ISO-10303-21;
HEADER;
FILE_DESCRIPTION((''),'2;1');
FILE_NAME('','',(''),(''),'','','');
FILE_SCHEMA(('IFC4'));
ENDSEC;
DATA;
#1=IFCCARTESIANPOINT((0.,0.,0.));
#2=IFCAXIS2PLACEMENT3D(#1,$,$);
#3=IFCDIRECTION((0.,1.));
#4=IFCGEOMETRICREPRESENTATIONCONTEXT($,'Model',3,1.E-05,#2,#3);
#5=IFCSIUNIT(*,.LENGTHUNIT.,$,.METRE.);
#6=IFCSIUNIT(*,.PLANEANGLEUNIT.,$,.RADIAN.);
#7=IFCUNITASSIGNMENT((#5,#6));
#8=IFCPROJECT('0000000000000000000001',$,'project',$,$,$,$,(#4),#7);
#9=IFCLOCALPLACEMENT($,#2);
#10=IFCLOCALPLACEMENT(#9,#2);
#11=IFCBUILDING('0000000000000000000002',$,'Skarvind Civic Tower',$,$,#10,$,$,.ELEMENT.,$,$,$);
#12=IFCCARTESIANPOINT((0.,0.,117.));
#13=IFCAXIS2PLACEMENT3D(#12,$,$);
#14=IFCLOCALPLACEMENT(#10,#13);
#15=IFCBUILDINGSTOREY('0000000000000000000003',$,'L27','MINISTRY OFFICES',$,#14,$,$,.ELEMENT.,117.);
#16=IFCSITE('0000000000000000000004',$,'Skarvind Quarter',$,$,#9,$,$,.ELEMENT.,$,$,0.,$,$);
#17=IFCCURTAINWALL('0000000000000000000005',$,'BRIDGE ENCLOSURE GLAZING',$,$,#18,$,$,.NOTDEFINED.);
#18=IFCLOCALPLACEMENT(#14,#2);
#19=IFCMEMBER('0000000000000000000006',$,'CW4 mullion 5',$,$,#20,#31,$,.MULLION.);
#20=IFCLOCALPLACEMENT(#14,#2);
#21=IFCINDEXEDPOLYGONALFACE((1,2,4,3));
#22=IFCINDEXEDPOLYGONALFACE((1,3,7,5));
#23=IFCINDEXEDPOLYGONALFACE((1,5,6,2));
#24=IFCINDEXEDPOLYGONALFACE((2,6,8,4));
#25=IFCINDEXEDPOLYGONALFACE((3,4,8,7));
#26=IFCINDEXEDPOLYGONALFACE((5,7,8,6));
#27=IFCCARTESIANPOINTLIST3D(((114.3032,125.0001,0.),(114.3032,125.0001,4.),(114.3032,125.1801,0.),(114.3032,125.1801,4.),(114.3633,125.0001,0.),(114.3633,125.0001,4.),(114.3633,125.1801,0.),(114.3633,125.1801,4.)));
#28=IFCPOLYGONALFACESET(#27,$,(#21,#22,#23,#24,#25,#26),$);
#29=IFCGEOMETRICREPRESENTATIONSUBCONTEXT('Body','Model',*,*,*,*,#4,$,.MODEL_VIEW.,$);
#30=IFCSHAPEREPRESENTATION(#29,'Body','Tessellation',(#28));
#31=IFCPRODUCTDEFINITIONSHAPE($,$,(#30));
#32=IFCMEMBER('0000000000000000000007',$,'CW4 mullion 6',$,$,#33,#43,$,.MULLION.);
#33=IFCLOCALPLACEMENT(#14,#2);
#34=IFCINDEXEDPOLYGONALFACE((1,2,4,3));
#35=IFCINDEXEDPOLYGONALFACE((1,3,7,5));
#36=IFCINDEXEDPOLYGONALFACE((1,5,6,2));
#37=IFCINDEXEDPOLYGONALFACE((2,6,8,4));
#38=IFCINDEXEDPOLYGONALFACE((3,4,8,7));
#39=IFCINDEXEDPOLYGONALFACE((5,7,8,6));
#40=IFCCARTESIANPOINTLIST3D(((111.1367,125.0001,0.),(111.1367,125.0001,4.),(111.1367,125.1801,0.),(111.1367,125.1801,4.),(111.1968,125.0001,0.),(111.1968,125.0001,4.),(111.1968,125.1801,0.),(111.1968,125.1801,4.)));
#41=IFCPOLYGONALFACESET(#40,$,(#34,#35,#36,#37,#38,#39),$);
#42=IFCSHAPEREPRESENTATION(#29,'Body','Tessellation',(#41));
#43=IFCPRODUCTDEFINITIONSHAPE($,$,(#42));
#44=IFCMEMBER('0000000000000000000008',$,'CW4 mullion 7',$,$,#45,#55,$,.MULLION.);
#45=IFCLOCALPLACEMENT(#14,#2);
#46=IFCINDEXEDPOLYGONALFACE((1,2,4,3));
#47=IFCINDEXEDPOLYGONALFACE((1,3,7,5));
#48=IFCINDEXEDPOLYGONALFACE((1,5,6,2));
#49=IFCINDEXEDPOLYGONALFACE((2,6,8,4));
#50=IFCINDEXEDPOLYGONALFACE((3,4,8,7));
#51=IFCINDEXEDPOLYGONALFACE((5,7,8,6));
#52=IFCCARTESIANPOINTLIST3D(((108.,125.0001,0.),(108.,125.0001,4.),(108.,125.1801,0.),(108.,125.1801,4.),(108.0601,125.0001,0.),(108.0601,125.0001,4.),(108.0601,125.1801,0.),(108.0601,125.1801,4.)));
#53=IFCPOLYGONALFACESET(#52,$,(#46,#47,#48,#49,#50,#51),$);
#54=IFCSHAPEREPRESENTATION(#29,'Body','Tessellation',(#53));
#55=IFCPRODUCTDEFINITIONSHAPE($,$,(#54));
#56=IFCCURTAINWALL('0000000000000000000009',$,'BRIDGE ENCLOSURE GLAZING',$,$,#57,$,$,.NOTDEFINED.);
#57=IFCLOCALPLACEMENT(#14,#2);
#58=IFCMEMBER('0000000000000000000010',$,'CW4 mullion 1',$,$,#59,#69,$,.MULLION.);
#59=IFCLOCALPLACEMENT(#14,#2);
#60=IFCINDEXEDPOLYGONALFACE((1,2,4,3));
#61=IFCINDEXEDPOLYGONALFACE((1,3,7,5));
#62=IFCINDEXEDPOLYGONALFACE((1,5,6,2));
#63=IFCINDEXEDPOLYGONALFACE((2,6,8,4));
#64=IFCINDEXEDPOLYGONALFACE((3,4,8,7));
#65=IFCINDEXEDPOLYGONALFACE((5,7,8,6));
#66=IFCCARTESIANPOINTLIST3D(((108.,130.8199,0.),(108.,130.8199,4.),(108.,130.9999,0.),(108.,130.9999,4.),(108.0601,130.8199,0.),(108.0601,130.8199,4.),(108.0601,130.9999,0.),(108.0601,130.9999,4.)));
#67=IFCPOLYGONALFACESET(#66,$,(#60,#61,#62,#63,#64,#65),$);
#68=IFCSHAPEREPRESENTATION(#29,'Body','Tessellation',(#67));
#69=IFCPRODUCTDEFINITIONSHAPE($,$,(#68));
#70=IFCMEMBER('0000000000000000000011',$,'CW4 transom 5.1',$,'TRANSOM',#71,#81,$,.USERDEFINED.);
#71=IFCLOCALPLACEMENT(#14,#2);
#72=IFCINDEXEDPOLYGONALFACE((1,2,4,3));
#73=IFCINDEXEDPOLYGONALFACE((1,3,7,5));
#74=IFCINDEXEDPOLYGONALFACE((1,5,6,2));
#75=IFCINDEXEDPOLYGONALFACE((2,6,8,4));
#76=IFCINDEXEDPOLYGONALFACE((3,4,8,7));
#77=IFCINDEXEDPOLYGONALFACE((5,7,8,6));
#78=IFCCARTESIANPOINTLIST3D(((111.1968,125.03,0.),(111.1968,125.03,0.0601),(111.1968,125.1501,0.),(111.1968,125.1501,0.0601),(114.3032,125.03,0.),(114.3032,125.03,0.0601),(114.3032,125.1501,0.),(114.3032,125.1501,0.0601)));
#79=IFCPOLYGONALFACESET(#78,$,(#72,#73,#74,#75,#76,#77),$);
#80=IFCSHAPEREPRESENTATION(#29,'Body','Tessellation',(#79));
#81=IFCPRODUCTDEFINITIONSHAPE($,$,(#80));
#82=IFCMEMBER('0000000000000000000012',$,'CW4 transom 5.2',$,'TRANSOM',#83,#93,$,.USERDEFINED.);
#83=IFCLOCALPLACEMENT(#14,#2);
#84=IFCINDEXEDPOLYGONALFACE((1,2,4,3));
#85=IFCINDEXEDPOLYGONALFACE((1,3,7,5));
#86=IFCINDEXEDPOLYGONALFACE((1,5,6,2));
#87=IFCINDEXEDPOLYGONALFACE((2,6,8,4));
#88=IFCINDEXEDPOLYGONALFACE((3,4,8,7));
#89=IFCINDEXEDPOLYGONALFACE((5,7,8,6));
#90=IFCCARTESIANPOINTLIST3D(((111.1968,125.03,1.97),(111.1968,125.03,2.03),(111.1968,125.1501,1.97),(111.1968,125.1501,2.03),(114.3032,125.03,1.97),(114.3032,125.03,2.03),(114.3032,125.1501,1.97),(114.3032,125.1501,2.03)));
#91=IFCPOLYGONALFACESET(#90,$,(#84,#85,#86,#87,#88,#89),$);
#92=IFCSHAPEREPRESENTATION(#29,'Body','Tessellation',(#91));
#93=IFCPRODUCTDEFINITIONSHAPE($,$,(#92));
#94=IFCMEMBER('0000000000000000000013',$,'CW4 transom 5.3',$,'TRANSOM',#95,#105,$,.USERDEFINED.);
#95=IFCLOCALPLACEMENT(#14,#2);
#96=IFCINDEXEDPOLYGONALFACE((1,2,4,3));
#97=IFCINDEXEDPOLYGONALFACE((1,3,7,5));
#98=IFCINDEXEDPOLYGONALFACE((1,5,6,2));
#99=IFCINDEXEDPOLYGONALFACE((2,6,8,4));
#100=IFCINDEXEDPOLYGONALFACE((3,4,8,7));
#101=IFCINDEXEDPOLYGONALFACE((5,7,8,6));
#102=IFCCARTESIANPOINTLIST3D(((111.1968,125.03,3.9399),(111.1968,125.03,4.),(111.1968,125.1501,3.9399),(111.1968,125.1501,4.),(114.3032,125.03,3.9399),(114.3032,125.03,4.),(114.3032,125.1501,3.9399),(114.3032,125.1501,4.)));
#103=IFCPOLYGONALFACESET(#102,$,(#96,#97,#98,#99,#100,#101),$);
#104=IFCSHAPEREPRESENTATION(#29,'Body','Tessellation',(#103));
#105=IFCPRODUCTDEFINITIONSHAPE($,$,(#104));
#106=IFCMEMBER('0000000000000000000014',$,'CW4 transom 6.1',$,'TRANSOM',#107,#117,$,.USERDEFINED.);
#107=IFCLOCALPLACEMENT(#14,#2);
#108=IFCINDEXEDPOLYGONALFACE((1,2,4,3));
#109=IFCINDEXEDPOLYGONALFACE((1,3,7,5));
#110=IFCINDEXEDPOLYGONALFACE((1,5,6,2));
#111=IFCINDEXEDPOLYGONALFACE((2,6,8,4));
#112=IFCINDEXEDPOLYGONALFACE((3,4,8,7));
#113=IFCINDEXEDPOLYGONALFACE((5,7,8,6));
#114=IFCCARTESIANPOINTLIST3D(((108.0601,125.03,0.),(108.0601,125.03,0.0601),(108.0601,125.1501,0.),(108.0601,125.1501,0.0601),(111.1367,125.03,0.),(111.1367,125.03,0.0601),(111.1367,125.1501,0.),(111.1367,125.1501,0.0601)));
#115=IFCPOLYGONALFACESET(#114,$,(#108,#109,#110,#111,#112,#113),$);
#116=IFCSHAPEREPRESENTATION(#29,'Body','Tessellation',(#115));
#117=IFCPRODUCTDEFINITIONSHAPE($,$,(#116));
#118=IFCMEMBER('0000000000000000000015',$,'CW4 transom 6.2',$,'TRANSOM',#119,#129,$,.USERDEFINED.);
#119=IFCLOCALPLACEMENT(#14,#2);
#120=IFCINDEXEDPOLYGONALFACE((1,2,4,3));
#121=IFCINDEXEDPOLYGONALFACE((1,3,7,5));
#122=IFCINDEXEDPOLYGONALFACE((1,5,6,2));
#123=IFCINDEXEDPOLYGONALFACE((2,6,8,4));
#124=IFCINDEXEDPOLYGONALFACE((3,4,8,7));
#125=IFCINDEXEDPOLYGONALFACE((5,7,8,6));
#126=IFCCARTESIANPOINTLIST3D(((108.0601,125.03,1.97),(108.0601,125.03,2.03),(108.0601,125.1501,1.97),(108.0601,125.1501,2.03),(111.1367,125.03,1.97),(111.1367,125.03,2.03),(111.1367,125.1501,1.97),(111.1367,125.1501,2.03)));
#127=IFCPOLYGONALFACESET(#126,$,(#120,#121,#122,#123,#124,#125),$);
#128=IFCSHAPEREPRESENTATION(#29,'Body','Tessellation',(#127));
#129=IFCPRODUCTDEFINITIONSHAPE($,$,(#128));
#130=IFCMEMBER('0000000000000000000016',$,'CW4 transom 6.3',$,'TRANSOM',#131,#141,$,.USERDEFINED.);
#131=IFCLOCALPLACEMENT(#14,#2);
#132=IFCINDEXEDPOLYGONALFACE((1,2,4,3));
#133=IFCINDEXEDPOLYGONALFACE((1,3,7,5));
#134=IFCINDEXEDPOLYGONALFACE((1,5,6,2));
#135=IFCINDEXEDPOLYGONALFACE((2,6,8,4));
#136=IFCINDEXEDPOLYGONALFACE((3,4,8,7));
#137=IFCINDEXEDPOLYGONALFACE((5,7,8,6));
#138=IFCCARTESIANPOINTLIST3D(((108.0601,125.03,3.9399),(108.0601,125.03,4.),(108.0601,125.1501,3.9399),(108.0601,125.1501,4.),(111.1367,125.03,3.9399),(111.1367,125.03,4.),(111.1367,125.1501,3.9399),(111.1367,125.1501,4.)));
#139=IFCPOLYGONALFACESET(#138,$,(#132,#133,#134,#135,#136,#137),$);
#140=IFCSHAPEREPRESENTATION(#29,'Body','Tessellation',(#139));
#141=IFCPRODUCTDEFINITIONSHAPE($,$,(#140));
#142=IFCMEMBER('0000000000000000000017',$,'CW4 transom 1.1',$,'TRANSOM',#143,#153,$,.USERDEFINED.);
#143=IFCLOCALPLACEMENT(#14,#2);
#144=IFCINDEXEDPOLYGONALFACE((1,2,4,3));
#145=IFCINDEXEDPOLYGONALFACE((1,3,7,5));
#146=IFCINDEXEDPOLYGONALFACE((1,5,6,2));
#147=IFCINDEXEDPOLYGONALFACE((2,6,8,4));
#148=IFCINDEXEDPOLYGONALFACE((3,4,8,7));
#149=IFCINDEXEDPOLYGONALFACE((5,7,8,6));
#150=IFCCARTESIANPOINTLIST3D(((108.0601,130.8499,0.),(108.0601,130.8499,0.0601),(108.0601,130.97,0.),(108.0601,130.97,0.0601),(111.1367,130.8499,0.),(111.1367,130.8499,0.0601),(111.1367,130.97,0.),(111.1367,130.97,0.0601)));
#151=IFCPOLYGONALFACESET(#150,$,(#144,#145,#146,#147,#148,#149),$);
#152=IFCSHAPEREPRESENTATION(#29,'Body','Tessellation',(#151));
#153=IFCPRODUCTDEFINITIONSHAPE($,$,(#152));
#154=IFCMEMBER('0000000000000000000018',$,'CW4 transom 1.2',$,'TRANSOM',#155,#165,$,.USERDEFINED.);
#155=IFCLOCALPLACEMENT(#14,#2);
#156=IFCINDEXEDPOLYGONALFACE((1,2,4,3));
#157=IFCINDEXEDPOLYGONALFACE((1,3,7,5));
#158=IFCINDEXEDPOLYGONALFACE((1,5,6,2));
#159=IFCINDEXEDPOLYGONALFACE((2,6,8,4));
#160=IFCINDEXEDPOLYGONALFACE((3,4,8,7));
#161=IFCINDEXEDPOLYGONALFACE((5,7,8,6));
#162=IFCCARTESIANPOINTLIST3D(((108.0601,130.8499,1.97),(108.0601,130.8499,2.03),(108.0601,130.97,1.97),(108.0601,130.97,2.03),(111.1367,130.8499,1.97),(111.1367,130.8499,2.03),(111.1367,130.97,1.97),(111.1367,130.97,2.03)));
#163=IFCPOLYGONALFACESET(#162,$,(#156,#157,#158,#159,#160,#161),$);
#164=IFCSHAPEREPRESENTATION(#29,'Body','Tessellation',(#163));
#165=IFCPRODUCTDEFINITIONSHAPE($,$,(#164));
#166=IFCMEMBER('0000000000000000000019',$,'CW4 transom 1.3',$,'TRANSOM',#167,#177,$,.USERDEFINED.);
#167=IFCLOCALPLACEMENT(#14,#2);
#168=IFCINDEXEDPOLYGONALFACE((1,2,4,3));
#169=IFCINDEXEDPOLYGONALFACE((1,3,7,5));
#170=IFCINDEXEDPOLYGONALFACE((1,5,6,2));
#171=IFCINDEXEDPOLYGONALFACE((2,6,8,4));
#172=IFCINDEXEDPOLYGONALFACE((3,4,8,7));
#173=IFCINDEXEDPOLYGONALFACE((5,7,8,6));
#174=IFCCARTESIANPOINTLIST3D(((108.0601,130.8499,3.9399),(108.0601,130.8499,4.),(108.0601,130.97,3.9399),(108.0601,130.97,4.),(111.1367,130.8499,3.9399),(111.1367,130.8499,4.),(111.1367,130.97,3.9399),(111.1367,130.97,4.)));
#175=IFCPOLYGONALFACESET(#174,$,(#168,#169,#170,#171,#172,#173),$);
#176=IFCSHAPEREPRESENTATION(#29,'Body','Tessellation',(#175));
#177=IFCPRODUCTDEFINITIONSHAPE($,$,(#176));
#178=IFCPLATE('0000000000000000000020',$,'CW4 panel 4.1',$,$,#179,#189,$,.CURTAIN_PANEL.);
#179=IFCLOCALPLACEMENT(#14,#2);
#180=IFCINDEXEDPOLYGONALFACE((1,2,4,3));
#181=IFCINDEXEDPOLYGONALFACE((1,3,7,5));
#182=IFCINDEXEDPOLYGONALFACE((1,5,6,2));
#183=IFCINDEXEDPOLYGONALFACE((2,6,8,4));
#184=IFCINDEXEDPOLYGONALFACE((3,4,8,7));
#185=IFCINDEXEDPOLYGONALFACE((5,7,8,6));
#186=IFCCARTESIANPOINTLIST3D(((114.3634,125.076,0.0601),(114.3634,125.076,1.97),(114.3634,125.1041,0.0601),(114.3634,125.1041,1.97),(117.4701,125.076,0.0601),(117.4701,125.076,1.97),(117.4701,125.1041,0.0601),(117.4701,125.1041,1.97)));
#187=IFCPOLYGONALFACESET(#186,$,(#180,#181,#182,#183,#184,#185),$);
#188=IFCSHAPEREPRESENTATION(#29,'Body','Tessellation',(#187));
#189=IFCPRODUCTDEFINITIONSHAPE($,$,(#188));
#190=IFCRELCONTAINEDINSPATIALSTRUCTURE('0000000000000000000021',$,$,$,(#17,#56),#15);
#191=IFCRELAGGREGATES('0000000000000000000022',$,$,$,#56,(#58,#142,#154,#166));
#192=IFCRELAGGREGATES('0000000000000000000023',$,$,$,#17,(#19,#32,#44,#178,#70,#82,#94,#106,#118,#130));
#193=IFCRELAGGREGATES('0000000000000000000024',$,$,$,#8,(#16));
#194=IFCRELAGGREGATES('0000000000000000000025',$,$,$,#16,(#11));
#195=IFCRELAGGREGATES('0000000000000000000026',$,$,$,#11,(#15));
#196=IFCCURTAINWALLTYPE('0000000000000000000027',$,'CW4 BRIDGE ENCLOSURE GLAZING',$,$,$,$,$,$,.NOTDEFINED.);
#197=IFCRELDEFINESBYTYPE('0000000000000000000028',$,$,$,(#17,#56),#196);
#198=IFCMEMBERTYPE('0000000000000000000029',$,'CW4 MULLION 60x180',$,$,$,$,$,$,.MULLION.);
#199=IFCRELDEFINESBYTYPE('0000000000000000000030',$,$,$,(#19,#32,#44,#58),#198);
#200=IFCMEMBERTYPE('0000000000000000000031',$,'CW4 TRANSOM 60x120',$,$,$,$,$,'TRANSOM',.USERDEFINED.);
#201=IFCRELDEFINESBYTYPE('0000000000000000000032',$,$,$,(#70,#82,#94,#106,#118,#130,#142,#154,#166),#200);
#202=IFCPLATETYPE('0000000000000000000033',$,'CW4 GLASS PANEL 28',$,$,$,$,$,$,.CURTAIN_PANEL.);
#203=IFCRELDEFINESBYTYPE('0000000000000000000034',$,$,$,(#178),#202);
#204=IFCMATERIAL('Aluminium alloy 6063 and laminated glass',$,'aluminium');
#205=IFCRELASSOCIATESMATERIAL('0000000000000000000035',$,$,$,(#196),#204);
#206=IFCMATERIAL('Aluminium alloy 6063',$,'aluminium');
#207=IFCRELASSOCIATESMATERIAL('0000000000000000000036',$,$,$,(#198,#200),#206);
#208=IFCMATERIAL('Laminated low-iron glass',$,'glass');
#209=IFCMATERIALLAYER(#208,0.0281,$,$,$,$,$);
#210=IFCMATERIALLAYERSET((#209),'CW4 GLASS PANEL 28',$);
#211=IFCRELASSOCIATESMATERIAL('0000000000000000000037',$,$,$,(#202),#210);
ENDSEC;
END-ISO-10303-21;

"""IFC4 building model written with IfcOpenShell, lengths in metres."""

from ifc_helpers import new_model, si_unit, direction, frame, origin, origin_2d, place, context, subcontext, project, spatial, rectangle, extrude, material, layer, layer_set, material_profile, profile_set, type_object, element, aggregate, save


model = new_model("IFC4")

# Units and contexts
model_context = context("Model", 3, precision=1e-05, world=origin(), true_north=direction((0.0, 1.0)))
body_context = subcontext(model_context, "Body", "Model", "MODEL_VIEW")
ifc_project = project(units=[si_unit("LENGTHUNIT", "METRE"), si_unit("PLANEANGLEUNIT", "RADIAN")], contexts=[model_context])

# Site, building, storey
site_placement = place(None, origin())
site = spatial("IfcSite", under=ifc_project, at=site_placement, Name="Skarvind Quarter", CompositionType="ELEMENT", RefElevation=0.0)
building_placement = place(site_placement, origin())
building = spatial("IfcBuilding", under=site, at=building_placement, Name="Skarvind Civic Tower", CompositionType="ELEMENT")
storey_placement = place(building_placement, frame((0.0, 0.0, 117.0)))
storey = spatial("IfcBuildingStorey", under=building, at=storey_placement, Name="L27", Description="MINISTRY OFFICES", CompositionType="ELEMENT", Elevation=117.0)

# Curtain wall, members
ifc_material_1 = material(Name="Aluminium alloy 6063 and laminated glass", Category="aluminium")
curtain_wall_type = type_object("IfcCurtainWallType", Name="CW4 BRIDGE ENCLOSURE GLAZING", PredefinedType="NOTDEFINED", material=ifc_material_1)
curtain_wall_1_placement = place(storey_placement, origin())
curtain_wall_1 = element("IfcCurtainWall", 1, at=curtain_wall_1_placement, inside=storey, type_object=curtain_wall_type, Name="BRIDGE ENCLOSURE GLAZING", PredefinedType="NOTDEFINED")
ifc_material_2 = material(Name="Aluminium alloy 6063", Category="aluminium")
ifc_material_profile_1 = material_profile(ifc_material_2, rectangle(XDim=0.1799, YDim=0.0601, at=origin_2d()), Name="AL 60x180")
ifc_profile_set_1 = profile_set([ifc_material_profile_1], Name="Aluminium alloy 6063")
member_type_1 = type_object("IfcMemberType", Name="CW4 MULLION 60x180", PredefinedType="MULLION", material=ifc_profile_set_1)
member_1_placement = place(storey_placement, frame((114.3333, 125.0901, 0.0), z_axis=(0.0, 0.0, 1.0), x_axis=(0.0, -1.0, 0.0)))
member_1 = element("IfcMember", 2, at=member_1_placement, type_object=member_type_1, Name="CW4 mullion 5", PredefinedType="MULLION", context=body_context, shape_type="SweptSolid", body=[
    extrude(rectangle(XDim=0.1799, YDim=0.0601, at=origin_2d()), origin(), (0.0, 0.0, 1.0), 4.0),
])
member_2_placement = place(storey_placement, frame((111.1667, 125.0901, 0.0), z_axis=(0.0, 0.0, 1.0), x_axis=(0.0, -1.0, 0.0)))
member_2 = element("IfcMember", 3, at=member_2_placement, type_object=member_type_1, Name="CW4 mullion 6", PredefinedType="MULLION", context=body_context, shape_type="SweptSolid", body=[
    extrude(rectangle(XDim=0.1799, YDim=0.0601, at=origin_2d()), origin(), (0.0, 0.0, 1.0), 4.0),
])
member_3_placement = place(storey_placement, frame((108.03, 125.0901, 0.0), z_axis=(0.0, 0.0, 1.0), x_axis=(0.0, -1.0, 0.0)))
member_3 = element("IfcMember", 4, at=member_3_placement, type_object=member_type_1, Name="CW4 mullion 7", PredefinedType="MULLION", context=body_context, shape_type="SweptSolid", body=[
    extrude(rectangle(XDim=0.1799, YDim=0.0601, at=origin_2d()), origin(), (0.0, 0.0, 1.0), 4.0),
])

# Curtain wall, member
curtain_wall_2_placement = place(storey_placement, origin())
curtain_wall_2 = element("IfcCurtainWall", 5, at=curtain_wall_2_placement, inside=storey, type_object=curtain_wall_type, Name="BRIDGE ENCLOSURE GLAZING", PredefinedType="NOTDEFINED")
member_4_placement = place(storey_placement, frame((108.03, 130.9099, 0.0), z_axis=(0.0, 0.0, 1.0), x_axis=(0.0, 1.0, 0.0)))
member_4 = element("IfcMember", 6, at=member_4_placement, type_object=member_type_1, Name="CW4 mullion 1", PredefinedType="MULLION", context=body_context, shape_type="SweptSolid", body=[
    extrude(rectangle(XDim=0.1799, YDim=0.0601, at=origin_2d()), origin(), (0.0, 0.0, 1.0), 4.0),
])

# Members
ifc_material_profile_2 = material_profile(ifc_material_2, rectangle(XDim=0.1201, YDim=0.0601, at=origin_2d()), Name="AL 60x120")
ifc_profile_set_2 = profile_set([ifc_material_profile_2], Name="Aluminium alloy 6063")
member_type_2 = type_object("IfcMemberType", Name="CW4 TRANSOM 60x120", ElementType="TRANSOM", PredefinedType="USERDEFINED", material=ifc_profile_set_2)
member_5_placement = place(storey_placement, frame((114.3032, 125.0901, 0.03), z_axis=(-1.0, 0.0, 0.0), x_axis=(0.0, -1.0, 0.0)))
member_5 = element("IfcMember", 7, at=member_5_placement, type_object=member_type_2, Name="CW4 transom 5.1", ObjectType="TRANSOM", PredefinedType="USERDEFINED", context=body_context, shape_type="SweptSolid", body=[
    extrude(rectangle(XDim=0.1201, YDim=0.0601, at=origin_2d()), origin(), (0.0, 0.0, 1.0), 3.1064),
])
member_6_placement = place(storey_placement, frame((114.3032, 125.0901, 2.0), z_axis=(-1.0, 0.0, 0.0), x_axis=(0.0, -1.0, 0.0)))
member_6 = element("IfcMember", 8, at=member_6_placement, type_object=member_type_2, Name="CW4 transom 5.2", ObjectType="TRANSOM", PredefinedType="USERDEFINED", context=body_context, shape_type="SweptSolid", body=[
    extrude(rectangle(XDim=0.1201, YDim=0.0601, at=origin_2d()), origin(), (0.0, 0.0, 1.0), 3.1064),
])
member_7_placement = place(storey_placement, frame((114.3032, 125.0901, 3.97), z_axis=(-1.0, 0.0, 0.0), x_axis=(0.0, -1.0, 0.0)))
member_7 = element("IfcMember", 9, at=member_7_placement, type_object=member_type_2, Name="CW4 transom 5.3", ObjectType="TRANSOM", PredefinedType="USERDEFINED", context=body_context, shape_type="SweptSolid", body=[
    extrude(rectangle(XDim=0.1201, YDim=0.0601, at=origin_2d()), origin(), (0.0, 0.0, 1.0), 3.1064),
])
member_8_placement = place(storey_placement, frame((111.1367, 125.0901, 0.03), z_axis=(-1.0, 0.0, 0.0), x_axis=(0.0, -1.0, 0.0)))
member_8 = element("IfcMember", 10, at=member_8_placement, type_object=member_type_2, Name="CW4 transom 6.1", ObjectType="TRANSOM", PredefinedType="USERDEFINED", context=body_context, shape_type="SweptSolid", body=[
    extrude(rectangle(XDim=0.1201, YDim=0.0601, at=origin_2d()), origin(), (0.0, 0.0, 1.0), 3.0767),
])
member_9_placement = place(storey_placement, frame((111.1367, 125.0901, 2.0), z_axis=(-1.0, 0.0, 0.0), x_axis=(0.0, -1.0, 0.0)))
member_9 = element("IfcMember", 11, at=member_9_placement, type_object=member_type_2, Name="CW4 transom 6.2", ObjectType="TRANSOM", PredefinedType="USERDEFINED", context=body_context, shape_type="SweptSolid", body=[
    extrude(rectangle(XDim=0.1201, YDim=0.0601, at=origin_2d()), origin(), (0.0, 0.0, 1.0), 3.0767),
])
member_10_placement = place(storey_placement, frame((111.1367, 125.0901, 3.97), z_axis=(-1.0, 0.0, 0.0), x_axis=(0.0, -1.0, 0.0)))
member_10 = element("IfcMember", 12, at=member_10_placement, type_object=member_type_2, Name="CW4 transom 6.3", ObjectType="TRANSOM", PredefinedType="USERDEFINED", context=body_context, shape_type="SweptSolid", body=[
    extrude(rectangle(XDim=0.1201, YDim=0.0601, at=origin_2d()), origin(), (0.0, 0.0, 1.0), 3.0767),
])
member_11_placement = place(storey_placement, frame((108.0601, 130.9099, 0.03), z_axis=(1.0, 0.0, 0.0), x_axis=(0.0, 1.0, 0.0)))
member_11 = element("IfcMember", 13, at=member_11_placement, type_object=member_type_2, Name="CW4 transom 1.1", ObjectType="TRANSOM", PredefinedType="USERDEFINED", context=body_context, shape_type="SweptSolid", body=[
    extrude(rectangle(XDim=0.1201, YDim=0.0601, at=origin_2d()), origin(), (0.0, 0.0, 1.0), 3.0767),
])
member_12_placement = place(storey_placement, frame((108.0601, 130.9099, 2.0), z_axis=(1.0, 0.0, 0.0), x_axis=(0.0, 1.0, 0.0)))
member_12 = element("IfcMember", 14, at=member_12_placement, type_object=member_type_2, Name="CW4 transom 1.2", ObjectType="TRANSOM", PredefinedType="USERDEFINED", context=body_context, shape_type="SweptSolid", body=[
    extrude(rectangle(XDim=0.1201, YDim=0.0601, at=origin_2d()), origin(), (0.0, 0.0, 1.0), 3.0767),
])
member_13_placement = place(storey_placement, frame((108.0601, 130.9099, 3.97), z_axis=(1.0, 0.0, 0.0), x_axis=(0.0, 1.0, 0.0)))
member_13 = element("IfcMember", 15, at=member_13_placement, type_object=member_type_2, Name="CW4 transom 1.3", ObjectType="TRANSOM", PredefinedType="USERDEFINED", context=body_context, shape_type="SweptSolid", body=[
    extrude(rectangle(XDim=0.1201, YDim=0.0601, at=origin_2d()), origin(), (0.0, 0.0, 1.0), 3.0767),
])
aggregate(curtain_wall_2, [member_4, member_11, member_12, member_13])

# Plate
ifc_material_3 = material(Name="Laminated low-iron glass", Category="glass")
ifc_layer = layer(ifc_material_3, 0.0281)
ifc_layer_set = layer_set([ifc_layer], Name="CW4 GLASS PANEL 28")
plate_type = type_object("IfcPlateType", Name="CW4 GLASS PANEL 28", PredefinedType="CURTAIN_PANEL", material=ifc_layer_set)
plate_1_placement = place(storey_placement, frame((115.9167, 125.0901, 0.0601), z_axis=(0.0, 0.0, 1.0), x_axis=(-1.0, 0.0, 0.0)))
plate_1 = element("IfcPlate", 16, at=plate_1_placement, type_object=plate_type, Name="CW4 panel 4.1", PredefinedType="CURTAIN_PANEL", context=body_context, shape_type="SweptSolid", body=[
    extrude(rectangle(XDim=3.1067, YDim=0.0281, at=origin_2d()), origin(), (0.0, 0.0, 1.0), 1.9099),
])
aggregate(curtain_wall_1, [member_1, member_2, member_3, plate_1, member_5, member_6, member_7, member_8, member_9, member_10])

save(model, "model.ifc")
